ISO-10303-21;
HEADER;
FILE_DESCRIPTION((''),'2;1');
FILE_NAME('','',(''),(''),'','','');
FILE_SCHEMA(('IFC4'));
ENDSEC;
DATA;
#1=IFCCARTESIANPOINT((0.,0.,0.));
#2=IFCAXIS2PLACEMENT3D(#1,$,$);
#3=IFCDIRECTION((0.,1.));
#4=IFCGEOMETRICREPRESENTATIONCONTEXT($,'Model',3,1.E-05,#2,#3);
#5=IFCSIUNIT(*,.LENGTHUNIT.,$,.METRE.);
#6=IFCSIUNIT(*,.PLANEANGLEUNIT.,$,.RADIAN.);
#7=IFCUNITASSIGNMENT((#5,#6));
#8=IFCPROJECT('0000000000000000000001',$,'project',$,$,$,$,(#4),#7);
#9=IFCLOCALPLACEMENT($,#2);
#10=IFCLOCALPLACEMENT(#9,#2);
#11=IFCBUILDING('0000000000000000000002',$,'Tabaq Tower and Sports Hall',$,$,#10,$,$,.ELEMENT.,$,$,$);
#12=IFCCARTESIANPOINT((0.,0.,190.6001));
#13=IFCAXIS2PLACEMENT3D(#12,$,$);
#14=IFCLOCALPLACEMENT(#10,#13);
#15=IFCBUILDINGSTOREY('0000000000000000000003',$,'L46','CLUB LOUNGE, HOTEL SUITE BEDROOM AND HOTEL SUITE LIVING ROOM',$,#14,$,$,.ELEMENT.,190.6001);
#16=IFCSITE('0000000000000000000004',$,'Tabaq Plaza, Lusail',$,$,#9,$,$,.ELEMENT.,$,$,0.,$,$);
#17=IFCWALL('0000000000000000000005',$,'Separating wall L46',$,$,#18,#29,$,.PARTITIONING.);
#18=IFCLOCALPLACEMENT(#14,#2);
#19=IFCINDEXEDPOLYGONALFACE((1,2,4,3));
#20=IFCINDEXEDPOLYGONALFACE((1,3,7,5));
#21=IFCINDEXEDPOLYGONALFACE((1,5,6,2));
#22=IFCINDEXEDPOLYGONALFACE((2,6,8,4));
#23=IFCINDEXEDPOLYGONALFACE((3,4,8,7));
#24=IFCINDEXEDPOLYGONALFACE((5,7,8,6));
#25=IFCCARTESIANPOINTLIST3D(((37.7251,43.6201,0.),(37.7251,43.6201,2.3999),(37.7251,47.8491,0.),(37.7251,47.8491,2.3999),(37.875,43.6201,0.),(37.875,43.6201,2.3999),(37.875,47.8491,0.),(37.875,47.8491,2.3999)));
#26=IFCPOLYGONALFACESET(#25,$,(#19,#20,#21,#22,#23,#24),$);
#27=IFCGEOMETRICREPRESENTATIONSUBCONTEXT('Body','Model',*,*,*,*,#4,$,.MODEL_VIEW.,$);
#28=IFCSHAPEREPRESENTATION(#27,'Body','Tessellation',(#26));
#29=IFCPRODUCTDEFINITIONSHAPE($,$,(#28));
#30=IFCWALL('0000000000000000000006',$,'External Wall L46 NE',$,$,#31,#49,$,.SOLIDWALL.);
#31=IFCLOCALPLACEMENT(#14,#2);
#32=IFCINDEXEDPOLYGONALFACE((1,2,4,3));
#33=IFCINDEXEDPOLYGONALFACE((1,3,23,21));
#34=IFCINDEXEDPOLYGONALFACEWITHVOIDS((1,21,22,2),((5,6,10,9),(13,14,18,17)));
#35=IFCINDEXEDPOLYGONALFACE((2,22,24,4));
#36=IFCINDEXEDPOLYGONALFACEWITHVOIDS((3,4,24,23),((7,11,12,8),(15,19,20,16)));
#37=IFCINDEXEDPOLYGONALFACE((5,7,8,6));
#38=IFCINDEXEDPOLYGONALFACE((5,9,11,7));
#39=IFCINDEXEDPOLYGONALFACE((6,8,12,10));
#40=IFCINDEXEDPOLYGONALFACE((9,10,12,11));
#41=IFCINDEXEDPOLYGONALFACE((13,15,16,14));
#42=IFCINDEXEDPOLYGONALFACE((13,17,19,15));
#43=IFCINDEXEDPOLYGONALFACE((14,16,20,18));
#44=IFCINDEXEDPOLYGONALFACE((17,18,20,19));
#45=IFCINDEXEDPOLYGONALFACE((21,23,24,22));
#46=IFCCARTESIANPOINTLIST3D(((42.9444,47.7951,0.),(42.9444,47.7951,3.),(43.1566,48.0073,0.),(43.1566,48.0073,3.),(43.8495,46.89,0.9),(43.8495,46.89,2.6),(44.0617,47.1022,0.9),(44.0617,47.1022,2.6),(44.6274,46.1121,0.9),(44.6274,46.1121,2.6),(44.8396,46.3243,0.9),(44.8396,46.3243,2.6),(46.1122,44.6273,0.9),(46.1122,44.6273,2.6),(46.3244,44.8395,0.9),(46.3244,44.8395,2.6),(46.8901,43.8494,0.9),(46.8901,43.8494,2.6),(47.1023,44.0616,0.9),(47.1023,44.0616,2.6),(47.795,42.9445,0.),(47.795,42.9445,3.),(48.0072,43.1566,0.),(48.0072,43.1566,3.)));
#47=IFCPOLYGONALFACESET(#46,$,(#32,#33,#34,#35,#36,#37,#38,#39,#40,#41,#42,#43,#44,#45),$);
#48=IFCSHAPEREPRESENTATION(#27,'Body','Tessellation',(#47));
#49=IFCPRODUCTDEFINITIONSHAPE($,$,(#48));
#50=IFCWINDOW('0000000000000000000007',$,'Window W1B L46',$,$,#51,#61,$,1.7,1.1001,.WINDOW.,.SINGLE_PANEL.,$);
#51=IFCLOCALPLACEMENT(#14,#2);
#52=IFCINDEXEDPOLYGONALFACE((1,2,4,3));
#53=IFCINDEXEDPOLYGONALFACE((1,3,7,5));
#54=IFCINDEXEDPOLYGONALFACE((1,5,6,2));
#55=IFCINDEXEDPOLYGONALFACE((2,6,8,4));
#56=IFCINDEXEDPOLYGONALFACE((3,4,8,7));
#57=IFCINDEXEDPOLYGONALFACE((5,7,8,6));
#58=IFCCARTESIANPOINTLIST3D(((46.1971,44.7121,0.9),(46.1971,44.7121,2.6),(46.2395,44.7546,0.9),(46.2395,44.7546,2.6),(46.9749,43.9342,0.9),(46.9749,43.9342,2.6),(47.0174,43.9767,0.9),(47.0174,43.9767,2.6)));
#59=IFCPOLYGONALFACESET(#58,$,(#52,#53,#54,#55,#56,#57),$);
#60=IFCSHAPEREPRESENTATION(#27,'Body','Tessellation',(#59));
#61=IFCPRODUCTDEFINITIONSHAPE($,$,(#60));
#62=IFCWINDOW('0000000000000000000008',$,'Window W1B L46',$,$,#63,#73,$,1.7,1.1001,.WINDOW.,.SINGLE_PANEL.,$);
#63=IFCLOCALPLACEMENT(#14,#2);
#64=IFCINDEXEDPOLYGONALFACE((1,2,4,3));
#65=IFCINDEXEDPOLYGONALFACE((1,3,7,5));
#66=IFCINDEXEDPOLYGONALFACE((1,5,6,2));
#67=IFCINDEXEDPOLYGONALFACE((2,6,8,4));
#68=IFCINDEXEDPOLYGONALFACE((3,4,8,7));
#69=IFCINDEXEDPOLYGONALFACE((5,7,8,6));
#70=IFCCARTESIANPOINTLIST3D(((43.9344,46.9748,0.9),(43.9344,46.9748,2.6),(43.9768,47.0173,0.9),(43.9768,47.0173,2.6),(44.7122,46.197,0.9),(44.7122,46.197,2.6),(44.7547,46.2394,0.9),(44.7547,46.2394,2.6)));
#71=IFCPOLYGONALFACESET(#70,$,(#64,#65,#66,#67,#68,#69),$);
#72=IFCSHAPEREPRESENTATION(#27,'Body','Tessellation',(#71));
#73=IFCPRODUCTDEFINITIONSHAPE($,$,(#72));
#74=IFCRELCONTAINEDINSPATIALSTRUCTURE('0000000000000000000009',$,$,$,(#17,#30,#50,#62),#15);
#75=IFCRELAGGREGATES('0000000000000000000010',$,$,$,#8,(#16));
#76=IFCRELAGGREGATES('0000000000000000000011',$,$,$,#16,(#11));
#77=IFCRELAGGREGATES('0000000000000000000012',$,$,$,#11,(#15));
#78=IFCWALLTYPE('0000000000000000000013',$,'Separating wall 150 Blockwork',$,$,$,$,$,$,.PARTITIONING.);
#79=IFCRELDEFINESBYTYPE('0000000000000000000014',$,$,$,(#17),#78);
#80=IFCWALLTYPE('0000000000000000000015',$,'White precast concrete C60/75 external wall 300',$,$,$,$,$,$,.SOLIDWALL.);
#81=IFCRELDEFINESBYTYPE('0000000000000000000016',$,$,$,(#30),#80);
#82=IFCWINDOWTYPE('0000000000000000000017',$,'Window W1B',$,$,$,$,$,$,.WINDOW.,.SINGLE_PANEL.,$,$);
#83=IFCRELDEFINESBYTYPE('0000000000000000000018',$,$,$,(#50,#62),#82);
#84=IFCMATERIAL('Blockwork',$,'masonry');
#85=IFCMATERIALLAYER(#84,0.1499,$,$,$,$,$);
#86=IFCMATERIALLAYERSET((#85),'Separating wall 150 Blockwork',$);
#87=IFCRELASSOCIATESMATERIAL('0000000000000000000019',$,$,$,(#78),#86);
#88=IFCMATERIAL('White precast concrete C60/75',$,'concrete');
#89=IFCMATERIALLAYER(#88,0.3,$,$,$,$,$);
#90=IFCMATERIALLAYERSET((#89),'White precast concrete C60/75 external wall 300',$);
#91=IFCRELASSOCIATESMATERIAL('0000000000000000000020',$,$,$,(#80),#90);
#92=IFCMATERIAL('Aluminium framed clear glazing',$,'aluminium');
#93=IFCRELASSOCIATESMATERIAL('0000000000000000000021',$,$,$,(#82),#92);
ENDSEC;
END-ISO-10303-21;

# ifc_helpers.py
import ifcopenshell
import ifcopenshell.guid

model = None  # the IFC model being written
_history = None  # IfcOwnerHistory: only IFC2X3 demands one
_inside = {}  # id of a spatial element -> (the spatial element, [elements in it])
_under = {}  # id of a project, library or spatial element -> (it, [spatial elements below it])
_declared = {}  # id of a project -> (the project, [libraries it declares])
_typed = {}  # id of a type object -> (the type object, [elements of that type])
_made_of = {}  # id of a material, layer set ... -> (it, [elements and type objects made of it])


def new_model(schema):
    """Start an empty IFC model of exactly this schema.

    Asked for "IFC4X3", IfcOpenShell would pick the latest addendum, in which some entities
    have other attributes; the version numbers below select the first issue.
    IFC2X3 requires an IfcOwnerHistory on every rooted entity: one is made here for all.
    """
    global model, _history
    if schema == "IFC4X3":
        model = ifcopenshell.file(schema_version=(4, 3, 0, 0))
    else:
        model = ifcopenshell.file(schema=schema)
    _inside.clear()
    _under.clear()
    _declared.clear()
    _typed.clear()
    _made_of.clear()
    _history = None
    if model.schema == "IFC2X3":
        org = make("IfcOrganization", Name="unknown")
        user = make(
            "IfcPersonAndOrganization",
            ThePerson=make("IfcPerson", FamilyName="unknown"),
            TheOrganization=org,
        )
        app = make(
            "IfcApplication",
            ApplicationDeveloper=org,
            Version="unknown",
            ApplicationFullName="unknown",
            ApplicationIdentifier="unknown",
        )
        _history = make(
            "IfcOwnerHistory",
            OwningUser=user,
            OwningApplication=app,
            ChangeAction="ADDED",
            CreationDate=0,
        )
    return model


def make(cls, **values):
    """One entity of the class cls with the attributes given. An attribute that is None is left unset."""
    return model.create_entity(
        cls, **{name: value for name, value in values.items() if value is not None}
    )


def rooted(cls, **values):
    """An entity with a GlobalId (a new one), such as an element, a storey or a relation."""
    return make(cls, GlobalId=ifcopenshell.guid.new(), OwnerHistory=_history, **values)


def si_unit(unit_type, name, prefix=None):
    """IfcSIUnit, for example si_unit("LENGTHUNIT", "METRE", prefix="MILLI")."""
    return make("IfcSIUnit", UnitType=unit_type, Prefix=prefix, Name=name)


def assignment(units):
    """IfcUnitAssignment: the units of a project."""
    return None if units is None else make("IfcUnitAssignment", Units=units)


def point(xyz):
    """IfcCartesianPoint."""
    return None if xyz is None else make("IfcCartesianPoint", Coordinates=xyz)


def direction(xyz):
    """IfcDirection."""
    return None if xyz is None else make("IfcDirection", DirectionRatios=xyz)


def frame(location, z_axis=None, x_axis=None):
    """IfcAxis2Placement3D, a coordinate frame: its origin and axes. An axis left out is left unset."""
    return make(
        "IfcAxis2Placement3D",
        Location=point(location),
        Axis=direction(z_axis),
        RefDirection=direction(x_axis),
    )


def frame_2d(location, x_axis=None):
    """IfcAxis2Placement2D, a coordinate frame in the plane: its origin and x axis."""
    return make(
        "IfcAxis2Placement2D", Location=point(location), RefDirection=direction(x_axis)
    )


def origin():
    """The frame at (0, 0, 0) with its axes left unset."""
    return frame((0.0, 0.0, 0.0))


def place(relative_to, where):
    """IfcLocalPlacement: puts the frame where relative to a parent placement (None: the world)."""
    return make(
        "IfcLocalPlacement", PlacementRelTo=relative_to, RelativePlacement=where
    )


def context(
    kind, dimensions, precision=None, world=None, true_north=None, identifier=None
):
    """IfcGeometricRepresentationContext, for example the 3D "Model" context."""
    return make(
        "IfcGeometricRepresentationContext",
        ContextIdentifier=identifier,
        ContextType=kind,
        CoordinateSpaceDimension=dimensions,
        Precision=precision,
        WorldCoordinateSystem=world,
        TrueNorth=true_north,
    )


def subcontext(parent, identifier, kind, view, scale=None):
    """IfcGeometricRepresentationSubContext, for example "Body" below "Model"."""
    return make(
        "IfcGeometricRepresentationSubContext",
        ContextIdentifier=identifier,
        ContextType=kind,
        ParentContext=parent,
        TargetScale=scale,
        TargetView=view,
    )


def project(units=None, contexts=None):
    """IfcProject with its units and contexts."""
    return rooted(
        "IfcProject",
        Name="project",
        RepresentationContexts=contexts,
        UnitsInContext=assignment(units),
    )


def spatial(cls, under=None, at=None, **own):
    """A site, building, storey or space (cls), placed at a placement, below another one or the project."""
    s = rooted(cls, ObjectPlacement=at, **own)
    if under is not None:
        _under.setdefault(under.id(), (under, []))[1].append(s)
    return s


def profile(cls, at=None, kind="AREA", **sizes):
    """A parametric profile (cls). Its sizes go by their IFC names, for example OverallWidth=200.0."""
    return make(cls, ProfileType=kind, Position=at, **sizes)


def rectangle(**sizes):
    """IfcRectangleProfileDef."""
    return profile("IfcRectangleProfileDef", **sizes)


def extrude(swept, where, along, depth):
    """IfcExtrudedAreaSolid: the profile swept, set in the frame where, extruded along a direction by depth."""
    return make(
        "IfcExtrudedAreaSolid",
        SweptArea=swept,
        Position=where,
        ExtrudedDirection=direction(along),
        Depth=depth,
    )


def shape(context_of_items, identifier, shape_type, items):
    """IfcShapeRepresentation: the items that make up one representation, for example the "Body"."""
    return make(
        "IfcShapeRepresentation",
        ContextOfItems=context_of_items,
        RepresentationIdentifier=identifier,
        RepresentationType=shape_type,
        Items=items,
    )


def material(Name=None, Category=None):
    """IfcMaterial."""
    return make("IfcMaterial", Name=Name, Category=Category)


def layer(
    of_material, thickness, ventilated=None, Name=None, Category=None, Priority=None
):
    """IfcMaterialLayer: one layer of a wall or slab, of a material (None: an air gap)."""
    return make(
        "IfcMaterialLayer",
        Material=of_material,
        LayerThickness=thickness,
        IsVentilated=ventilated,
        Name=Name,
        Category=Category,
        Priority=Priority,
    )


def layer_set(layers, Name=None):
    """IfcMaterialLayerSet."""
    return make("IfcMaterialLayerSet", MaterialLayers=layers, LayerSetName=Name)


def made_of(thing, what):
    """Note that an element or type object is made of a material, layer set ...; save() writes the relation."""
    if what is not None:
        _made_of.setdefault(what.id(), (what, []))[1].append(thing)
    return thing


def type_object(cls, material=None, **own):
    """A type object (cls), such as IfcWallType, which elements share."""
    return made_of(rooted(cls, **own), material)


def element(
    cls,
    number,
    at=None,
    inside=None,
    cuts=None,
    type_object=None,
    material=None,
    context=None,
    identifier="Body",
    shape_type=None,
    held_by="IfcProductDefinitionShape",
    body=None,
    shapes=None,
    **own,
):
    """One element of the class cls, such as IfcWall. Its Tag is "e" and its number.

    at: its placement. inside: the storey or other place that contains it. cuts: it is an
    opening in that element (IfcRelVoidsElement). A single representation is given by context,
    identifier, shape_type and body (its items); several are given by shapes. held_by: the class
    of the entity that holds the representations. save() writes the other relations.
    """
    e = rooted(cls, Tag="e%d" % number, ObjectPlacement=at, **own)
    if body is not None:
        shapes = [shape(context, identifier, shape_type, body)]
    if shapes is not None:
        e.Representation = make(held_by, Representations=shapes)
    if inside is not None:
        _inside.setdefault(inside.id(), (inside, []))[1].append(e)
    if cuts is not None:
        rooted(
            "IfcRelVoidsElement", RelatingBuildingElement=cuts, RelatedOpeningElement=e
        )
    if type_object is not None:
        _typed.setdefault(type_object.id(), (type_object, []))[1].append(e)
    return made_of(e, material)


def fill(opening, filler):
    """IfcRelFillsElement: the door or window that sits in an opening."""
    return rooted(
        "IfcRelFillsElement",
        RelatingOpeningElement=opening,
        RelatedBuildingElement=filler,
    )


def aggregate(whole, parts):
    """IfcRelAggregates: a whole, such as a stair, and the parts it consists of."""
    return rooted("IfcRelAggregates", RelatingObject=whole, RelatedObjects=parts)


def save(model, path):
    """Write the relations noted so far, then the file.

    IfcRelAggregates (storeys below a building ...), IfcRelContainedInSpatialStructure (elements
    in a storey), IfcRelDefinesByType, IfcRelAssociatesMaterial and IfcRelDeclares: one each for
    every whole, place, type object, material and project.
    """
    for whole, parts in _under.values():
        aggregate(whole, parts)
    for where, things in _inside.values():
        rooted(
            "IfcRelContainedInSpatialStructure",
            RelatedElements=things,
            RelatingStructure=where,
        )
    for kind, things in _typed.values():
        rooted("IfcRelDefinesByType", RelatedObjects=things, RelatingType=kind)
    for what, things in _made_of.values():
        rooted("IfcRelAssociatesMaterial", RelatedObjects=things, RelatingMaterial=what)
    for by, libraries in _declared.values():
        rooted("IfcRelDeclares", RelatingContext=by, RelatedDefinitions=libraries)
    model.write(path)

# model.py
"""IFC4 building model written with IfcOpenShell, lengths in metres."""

from ifc_helpers import new_model, si_unit, direction, frame, frame_2d, origin, place, context, subcontext, project, spatial, rectangle, extrude, material, layer, layer_set, type_object, element, fill, save


model = new_model("IFC4")

# Units and contexts
model_context = context("Model", 3, precision=1e-05, world=origin(), true_north=direction((0.0, 1.0)))
body_context = subcontext(model_context, "Body", "Model", "MODEL_VIEW")
ifc_project = project(units=[si_unit("LENGTHUNIT", "METRE"), si_unit("PLANEANGLEUNIT", "RADIAN")], contexts=[model_context])

# Site, building, storey
site_placement = place(None, origin())
site = spatial("IfcSite", under=ifc_project, at=site_placement, Name="Tabaq Plaza, Lusail", CompositionType="ELEMENT", RefElevation=0.0)
building_placement = place(site_placement, origin())
building = spatial("IfcBuilding", under=site, at=building_placement, Name="Tabaq Tower and Sports Hall", CompositionType="ELEMENT")
storey_placement = place(building_placement, frame((0.0, 0.0, 190.6001)))
storey = spatial("IfcBuildingStorey", under=building, at=storey_placement, Name="L46", Description="CLUB LOUNGE, HOTEL SUITE BEDROOM AND HOTEL SUITE LIVING ROOM", CompositionType="ELEMENT", Elevation=190.6001)

# Wall
ifc_material_1 = material(Name="Blockwork", Category="masonry")
ifc_layer_1 = layer(ifc_material_1, 0.1499)
ifc_layer_set_1 = layer_set([ifc_layer_1], Name="Separating wall 150 Blockwork")
wall_type_1 = type_object("IfcWallType", Name="Separating wall 150 Blockwork", PredefinedType="PARTITIONING", material=ifc_layer_set_1)
wall_1_placement = place(storey_placement, frame((37.8, 43.6201, 0.0), z_axis=(0.0, 0.0, 1.0), x_axis=(0.0, 1.0, 0.0)))
element("IfcWall", 1, at=wall_1_placement, inside=storey, type_object=wall_type_1, Name="Separating wall L46", PredefinedType="PARTITIONING", context=body_context, shape_type="SweptSolid", body=[
    extrude(rectangle(XDim=4.229, YDim=0.1499, at=frame_2d((2.1145, 0.0))), origin(), (0.0, 0.0, 1.0), 2.3999),
])

# Wall, openings, windows
ifc_material_2 = material(Name="White precast concrete C60/75", Category="concrete")
ifc_layer_2 = layer(ifc_material_2, 0.3)
ifc_layer_set_2 = layer_set([ifc_layer_2], Name="White precast concrete C60/75 external wall 300")
wall_type_2 = type_object("IfcWallType", Name="White precast concrete C60/75 external wall 300", PredefinedType="SOLIDWALL", material=ifc_layer_set_2)
wall_2_placement = place(storey_placement, frame((47.9011, 43.0505, 0.0), z_axis=(0.0, 0.0, 1.0), x_axis=(-0.707107, 0.707107, 0.0)))
wall_2 = element("IfcWall", 2, at=wall_2_placement, inside=storey, type_object=wall_type_2, Name="External Wall L46 NE", PredefinedType="SOLIDWALL", context=body_context, shape_type="SweptSolid", body=[
    extrude(rectangle(XDim=6.8599, YDim=0.3, at=frame_2d((3.4299, 0.0))), origin(), (0.0, 0.0, 1.0), 3.0),
])
opening_1_placement = place(wall_2_placement, frame((1.2798, 0.0, 0.8999)))
opening_1 = element("IfcOpeningElement", 3, at=opening_1_placement, cuts=wall_2, PredefinedType="OPENING", context=body_context, shape_type="SweptSolid", body=[
    extrude(rectangle(XDim=1.1001, YDim=1.7, at=frame_2d((0.55, 0.8501))), frame((0.0, 0.1602, 0.0), z_axis=(0.0, -1.0, 0.0), x_axis=(1.0, 0.0, 0.0)), (0.0, 0.0, 1.0), 0.3201),
])
opening_2_placement = place(wall_2_placement, frame((4.4797, 0.0, 0.8999)))
opening_2 = element("IfcOpeningElement", 4, at=opening_2_placement, cuts=wall_2, PredefinedType="OPENING", context=body_context, shape_type="SweptSolid", body=[
    extrude(rectangle(XDim=1.1001, YDim=1.7, at=frame_2d((0.55, 0.8501))), frame((0.0, 0.1602, 0.0), z_axis=(0.0, -1.0, 0.0), x_axis=(1.0, 0.0, 0.0)), (0.0, 0.0, 1.0), 0.3201),
])
ifc_material_3 = material(Name="Aluminium framed clear glazing", Category="aluminium")
window_type_1 = type_object("IfcWindowType", Name="Window W1B", PartitioningType="SINGLE_PANEL", PredefinedType="WINDOW", material=ifc_material_3)
window_1_placement = place(opening_1_placement, origin())
window_1 = element("IfcWindow", 5, at=window_1_placement, inside=storey, type_object=window_type_1, Name="Window W1B L46", OverallHeight=1.7, OverallWidth=1.1001, PartitioningType="SINGLE_PANEL", PredefinedType="WINDOW", context=body_context, shape_type="SweptSolid", body=[
    extrude(rectangle(XDim=1.1001, YDim=1.7, at=frame_2d((0.55, 0.8501))), frame((0.0, 0.03, 0.0), z_axis=(0.0, -1.0, 0.0), x_axis=(1.0, 0.0, 0.0)), (0.0, 0.0, 1.0), 0.0601),
])
fill(opening_1, window_1)
window_2_placement = place(opening_2_placement, origin())
window_2 = element("IfcWindow", 6, at=window_2_placement, inside=storey, type_object=window_type_1, Name="Window W1B L46", OverallHeight=1.7, OverallWidth=1.1001, PartitioningType="SINGLE_PANEL", PredefinedType="WINDOW", context=body_context, shape_type="SweptSolid", body=[
    extrude(rectangle(XDim=1.1001, YDim=1.7, at=frame_2d((0.55, 0.8501))), frame((0.0, 0.03, 0.0), z_axis=(0.0, -1.0, 0.0), x_axis=(1.0, 0.0, 0.0)), (0.0, 0.0, 1.0), 0.0601),
])
fill(opening_2, window_2)

save(model, "model.ifc")
